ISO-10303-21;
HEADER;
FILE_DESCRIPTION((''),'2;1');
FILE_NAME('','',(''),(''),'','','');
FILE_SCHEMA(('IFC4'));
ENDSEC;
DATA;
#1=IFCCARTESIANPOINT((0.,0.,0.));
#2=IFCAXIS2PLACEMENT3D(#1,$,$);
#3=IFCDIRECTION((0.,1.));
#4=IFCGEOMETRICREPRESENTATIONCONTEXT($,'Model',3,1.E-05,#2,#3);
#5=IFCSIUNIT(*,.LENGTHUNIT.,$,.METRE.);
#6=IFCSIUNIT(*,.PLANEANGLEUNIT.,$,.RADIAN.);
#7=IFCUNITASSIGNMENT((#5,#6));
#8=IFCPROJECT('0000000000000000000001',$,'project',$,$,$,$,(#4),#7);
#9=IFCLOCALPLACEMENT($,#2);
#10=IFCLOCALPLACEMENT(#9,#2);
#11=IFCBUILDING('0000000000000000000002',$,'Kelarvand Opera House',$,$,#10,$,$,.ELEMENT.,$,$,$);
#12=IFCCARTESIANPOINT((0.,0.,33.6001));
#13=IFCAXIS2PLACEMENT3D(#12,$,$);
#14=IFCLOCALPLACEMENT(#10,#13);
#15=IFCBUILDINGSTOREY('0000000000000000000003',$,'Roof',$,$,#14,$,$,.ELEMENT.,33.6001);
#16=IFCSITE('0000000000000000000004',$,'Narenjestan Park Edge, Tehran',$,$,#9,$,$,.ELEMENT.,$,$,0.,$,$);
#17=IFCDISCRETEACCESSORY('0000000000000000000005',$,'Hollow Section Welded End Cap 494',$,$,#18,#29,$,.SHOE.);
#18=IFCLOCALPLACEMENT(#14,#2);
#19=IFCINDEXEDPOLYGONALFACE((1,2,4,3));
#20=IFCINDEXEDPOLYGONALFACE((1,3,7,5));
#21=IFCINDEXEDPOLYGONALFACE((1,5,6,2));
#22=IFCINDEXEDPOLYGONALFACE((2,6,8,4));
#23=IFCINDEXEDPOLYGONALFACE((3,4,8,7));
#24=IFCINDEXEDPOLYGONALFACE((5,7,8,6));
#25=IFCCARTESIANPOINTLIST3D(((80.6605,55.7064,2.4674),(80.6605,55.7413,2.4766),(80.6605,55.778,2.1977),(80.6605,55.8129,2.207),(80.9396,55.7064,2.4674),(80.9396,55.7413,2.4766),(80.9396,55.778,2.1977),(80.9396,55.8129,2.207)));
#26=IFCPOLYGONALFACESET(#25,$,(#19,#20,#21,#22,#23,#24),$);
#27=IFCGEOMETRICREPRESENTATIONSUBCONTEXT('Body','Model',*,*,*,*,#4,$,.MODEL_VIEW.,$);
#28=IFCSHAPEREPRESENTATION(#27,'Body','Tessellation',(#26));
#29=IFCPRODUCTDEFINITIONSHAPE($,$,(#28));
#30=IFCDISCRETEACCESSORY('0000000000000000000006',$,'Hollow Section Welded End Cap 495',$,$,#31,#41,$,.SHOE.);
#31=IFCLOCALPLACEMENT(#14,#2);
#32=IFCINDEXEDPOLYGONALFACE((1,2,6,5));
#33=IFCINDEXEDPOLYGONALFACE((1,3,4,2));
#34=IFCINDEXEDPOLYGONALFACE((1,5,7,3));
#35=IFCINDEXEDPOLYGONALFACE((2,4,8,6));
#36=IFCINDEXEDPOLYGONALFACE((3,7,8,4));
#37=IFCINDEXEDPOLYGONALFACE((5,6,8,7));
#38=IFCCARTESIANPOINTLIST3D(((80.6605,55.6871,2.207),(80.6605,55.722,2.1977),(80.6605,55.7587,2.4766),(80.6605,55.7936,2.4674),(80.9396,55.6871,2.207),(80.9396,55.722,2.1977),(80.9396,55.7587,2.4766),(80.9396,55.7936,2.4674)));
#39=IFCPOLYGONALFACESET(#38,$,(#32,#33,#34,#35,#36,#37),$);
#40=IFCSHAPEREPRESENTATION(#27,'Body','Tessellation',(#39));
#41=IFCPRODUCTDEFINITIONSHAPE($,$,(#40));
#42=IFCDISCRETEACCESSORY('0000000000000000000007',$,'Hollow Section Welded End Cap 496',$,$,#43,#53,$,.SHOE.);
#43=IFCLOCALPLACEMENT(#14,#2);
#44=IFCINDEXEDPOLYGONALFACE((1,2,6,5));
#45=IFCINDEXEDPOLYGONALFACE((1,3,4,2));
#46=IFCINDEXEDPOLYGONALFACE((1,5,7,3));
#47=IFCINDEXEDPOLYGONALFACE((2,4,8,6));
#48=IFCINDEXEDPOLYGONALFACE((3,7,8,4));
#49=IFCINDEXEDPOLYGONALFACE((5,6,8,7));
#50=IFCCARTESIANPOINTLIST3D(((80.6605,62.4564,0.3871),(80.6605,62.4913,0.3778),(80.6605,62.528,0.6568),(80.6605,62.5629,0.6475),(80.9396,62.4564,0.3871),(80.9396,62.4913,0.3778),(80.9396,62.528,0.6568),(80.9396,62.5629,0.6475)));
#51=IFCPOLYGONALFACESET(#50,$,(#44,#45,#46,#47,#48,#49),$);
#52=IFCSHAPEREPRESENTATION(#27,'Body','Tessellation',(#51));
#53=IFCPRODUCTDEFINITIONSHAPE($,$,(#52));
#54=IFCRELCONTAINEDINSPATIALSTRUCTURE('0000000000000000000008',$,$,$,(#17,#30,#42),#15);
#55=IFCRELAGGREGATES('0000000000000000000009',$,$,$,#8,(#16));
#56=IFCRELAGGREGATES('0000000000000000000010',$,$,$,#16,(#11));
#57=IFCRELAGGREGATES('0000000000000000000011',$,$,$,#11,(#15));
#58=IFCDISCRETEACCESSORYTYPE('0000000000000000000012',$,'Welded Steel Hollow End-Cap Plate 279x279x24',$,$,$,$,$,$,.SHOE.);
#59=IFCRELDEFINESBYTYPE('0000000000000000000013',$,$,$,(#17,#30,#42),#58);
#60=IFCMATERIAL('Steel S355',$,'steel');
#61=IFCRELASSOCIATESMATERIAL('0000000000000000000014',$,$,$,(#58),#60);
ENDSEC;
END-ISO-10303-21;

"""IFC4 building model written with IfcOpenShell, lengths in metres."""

from ifc_helpers import new_model, si_unit, direction, frame, origin, origin_2d, place, context, subcontext, project, spatial, rectangle, extrude, material, material_profile, profile_set, type_object, element, save


model = new_model("IFC4")

# Units and contexts
model_context = context("Model", 3, precision=1e-05, world=origin(), true_north=direction((0.0, 1.0)))
body_context = subcontext(model_context, "Body", "Model", "MODEL_VIEW")
ifc_project = project(units=[si_unit("LENGTHUNIT", "METRE"), si_unit("PLANEANGLEUNIT", "RADIAN")], contexts=[model_context])

# Site, building, storey
site_placement = place(None, origin())
site = spatial("IfcSite", under=ifc_project, at=site_placement, Name="Narenjestan Park Edge, Tehran", CompositionType="ELEMENT", RefElevation=0.0)
building_placement = place(site_placement, origin())
building = spatial("IfcBuilding", under=site, at=building_placement, Name="Kelarvand Opera House", CompositionType="ELEMENT")
storey_placement = place(building_placement, frame((0.0, 0.0, 33.6001)))
storey = spatial("IfcBuildingStorey", under=building, at=storey_placement, Name="Roof", CompositionType="ELEMENT", Elevation=33.6001)

# Shared definitions
ifc_material = material(Name="Steel S355", Category="steel")

# Discrete accessories
ifc_material_profile_1 = material_profile(ifc_material, rectangle(XDim=0.2791, YDim=0.2791, at=origin_2d()), Name="Welded Steel Hollow End-Cap Plate 279x279x24", Category="steel")
ifc_profile_set_1 = profile_set([ifc_material_profile_1], Name="Steel S355")
discrete_accessory_type_1 = type_object("IfcDiscreteAccessoryType", Name="Welded Steel Hollow End-Cap Plate 279x279x24", PredefinedType="SHOE", material=ifc_profile_set_1)
for number, where, z_axis, x_axis, name in (
    (1, (80.8, 55.7422, 2.3325), (0.0, 0.966459, 0.256821), (-1.0, 0.0, 0.0), "Hollow Section Welded End Cap 494"),
    (2, (80.8, 55.7578, 2.3325), (0.0, -0.966459, 0.256821), (1.0, 0.0, 0.0), "Hollow Section Welded End Cap 495"),
    (3, (80.8, 62.4922, 0.522), (0.0, 0.966459, -0.256821), (-1.0, 0.0, 0.0), "Hollow Section Welded End Cap 496"),
):
    element("IfcDiscreteAccessory", number, at=place(storey_placement, frame(where, z_axis=z_axis, x_axis=x_axis)), inside=storey, type_object=discrete_accessory_type_1, Name=name, PredefinedType="SHOE", context=body_context, shape_type="SweptSolid", body=[
        extrude(rectangle(XDim=0.2791, YDim=0.2791, at=origin_2d()), origin(), (0.0, 0.0, 1.0), 0.0361),
    ])

save(model, "model.ifc")
